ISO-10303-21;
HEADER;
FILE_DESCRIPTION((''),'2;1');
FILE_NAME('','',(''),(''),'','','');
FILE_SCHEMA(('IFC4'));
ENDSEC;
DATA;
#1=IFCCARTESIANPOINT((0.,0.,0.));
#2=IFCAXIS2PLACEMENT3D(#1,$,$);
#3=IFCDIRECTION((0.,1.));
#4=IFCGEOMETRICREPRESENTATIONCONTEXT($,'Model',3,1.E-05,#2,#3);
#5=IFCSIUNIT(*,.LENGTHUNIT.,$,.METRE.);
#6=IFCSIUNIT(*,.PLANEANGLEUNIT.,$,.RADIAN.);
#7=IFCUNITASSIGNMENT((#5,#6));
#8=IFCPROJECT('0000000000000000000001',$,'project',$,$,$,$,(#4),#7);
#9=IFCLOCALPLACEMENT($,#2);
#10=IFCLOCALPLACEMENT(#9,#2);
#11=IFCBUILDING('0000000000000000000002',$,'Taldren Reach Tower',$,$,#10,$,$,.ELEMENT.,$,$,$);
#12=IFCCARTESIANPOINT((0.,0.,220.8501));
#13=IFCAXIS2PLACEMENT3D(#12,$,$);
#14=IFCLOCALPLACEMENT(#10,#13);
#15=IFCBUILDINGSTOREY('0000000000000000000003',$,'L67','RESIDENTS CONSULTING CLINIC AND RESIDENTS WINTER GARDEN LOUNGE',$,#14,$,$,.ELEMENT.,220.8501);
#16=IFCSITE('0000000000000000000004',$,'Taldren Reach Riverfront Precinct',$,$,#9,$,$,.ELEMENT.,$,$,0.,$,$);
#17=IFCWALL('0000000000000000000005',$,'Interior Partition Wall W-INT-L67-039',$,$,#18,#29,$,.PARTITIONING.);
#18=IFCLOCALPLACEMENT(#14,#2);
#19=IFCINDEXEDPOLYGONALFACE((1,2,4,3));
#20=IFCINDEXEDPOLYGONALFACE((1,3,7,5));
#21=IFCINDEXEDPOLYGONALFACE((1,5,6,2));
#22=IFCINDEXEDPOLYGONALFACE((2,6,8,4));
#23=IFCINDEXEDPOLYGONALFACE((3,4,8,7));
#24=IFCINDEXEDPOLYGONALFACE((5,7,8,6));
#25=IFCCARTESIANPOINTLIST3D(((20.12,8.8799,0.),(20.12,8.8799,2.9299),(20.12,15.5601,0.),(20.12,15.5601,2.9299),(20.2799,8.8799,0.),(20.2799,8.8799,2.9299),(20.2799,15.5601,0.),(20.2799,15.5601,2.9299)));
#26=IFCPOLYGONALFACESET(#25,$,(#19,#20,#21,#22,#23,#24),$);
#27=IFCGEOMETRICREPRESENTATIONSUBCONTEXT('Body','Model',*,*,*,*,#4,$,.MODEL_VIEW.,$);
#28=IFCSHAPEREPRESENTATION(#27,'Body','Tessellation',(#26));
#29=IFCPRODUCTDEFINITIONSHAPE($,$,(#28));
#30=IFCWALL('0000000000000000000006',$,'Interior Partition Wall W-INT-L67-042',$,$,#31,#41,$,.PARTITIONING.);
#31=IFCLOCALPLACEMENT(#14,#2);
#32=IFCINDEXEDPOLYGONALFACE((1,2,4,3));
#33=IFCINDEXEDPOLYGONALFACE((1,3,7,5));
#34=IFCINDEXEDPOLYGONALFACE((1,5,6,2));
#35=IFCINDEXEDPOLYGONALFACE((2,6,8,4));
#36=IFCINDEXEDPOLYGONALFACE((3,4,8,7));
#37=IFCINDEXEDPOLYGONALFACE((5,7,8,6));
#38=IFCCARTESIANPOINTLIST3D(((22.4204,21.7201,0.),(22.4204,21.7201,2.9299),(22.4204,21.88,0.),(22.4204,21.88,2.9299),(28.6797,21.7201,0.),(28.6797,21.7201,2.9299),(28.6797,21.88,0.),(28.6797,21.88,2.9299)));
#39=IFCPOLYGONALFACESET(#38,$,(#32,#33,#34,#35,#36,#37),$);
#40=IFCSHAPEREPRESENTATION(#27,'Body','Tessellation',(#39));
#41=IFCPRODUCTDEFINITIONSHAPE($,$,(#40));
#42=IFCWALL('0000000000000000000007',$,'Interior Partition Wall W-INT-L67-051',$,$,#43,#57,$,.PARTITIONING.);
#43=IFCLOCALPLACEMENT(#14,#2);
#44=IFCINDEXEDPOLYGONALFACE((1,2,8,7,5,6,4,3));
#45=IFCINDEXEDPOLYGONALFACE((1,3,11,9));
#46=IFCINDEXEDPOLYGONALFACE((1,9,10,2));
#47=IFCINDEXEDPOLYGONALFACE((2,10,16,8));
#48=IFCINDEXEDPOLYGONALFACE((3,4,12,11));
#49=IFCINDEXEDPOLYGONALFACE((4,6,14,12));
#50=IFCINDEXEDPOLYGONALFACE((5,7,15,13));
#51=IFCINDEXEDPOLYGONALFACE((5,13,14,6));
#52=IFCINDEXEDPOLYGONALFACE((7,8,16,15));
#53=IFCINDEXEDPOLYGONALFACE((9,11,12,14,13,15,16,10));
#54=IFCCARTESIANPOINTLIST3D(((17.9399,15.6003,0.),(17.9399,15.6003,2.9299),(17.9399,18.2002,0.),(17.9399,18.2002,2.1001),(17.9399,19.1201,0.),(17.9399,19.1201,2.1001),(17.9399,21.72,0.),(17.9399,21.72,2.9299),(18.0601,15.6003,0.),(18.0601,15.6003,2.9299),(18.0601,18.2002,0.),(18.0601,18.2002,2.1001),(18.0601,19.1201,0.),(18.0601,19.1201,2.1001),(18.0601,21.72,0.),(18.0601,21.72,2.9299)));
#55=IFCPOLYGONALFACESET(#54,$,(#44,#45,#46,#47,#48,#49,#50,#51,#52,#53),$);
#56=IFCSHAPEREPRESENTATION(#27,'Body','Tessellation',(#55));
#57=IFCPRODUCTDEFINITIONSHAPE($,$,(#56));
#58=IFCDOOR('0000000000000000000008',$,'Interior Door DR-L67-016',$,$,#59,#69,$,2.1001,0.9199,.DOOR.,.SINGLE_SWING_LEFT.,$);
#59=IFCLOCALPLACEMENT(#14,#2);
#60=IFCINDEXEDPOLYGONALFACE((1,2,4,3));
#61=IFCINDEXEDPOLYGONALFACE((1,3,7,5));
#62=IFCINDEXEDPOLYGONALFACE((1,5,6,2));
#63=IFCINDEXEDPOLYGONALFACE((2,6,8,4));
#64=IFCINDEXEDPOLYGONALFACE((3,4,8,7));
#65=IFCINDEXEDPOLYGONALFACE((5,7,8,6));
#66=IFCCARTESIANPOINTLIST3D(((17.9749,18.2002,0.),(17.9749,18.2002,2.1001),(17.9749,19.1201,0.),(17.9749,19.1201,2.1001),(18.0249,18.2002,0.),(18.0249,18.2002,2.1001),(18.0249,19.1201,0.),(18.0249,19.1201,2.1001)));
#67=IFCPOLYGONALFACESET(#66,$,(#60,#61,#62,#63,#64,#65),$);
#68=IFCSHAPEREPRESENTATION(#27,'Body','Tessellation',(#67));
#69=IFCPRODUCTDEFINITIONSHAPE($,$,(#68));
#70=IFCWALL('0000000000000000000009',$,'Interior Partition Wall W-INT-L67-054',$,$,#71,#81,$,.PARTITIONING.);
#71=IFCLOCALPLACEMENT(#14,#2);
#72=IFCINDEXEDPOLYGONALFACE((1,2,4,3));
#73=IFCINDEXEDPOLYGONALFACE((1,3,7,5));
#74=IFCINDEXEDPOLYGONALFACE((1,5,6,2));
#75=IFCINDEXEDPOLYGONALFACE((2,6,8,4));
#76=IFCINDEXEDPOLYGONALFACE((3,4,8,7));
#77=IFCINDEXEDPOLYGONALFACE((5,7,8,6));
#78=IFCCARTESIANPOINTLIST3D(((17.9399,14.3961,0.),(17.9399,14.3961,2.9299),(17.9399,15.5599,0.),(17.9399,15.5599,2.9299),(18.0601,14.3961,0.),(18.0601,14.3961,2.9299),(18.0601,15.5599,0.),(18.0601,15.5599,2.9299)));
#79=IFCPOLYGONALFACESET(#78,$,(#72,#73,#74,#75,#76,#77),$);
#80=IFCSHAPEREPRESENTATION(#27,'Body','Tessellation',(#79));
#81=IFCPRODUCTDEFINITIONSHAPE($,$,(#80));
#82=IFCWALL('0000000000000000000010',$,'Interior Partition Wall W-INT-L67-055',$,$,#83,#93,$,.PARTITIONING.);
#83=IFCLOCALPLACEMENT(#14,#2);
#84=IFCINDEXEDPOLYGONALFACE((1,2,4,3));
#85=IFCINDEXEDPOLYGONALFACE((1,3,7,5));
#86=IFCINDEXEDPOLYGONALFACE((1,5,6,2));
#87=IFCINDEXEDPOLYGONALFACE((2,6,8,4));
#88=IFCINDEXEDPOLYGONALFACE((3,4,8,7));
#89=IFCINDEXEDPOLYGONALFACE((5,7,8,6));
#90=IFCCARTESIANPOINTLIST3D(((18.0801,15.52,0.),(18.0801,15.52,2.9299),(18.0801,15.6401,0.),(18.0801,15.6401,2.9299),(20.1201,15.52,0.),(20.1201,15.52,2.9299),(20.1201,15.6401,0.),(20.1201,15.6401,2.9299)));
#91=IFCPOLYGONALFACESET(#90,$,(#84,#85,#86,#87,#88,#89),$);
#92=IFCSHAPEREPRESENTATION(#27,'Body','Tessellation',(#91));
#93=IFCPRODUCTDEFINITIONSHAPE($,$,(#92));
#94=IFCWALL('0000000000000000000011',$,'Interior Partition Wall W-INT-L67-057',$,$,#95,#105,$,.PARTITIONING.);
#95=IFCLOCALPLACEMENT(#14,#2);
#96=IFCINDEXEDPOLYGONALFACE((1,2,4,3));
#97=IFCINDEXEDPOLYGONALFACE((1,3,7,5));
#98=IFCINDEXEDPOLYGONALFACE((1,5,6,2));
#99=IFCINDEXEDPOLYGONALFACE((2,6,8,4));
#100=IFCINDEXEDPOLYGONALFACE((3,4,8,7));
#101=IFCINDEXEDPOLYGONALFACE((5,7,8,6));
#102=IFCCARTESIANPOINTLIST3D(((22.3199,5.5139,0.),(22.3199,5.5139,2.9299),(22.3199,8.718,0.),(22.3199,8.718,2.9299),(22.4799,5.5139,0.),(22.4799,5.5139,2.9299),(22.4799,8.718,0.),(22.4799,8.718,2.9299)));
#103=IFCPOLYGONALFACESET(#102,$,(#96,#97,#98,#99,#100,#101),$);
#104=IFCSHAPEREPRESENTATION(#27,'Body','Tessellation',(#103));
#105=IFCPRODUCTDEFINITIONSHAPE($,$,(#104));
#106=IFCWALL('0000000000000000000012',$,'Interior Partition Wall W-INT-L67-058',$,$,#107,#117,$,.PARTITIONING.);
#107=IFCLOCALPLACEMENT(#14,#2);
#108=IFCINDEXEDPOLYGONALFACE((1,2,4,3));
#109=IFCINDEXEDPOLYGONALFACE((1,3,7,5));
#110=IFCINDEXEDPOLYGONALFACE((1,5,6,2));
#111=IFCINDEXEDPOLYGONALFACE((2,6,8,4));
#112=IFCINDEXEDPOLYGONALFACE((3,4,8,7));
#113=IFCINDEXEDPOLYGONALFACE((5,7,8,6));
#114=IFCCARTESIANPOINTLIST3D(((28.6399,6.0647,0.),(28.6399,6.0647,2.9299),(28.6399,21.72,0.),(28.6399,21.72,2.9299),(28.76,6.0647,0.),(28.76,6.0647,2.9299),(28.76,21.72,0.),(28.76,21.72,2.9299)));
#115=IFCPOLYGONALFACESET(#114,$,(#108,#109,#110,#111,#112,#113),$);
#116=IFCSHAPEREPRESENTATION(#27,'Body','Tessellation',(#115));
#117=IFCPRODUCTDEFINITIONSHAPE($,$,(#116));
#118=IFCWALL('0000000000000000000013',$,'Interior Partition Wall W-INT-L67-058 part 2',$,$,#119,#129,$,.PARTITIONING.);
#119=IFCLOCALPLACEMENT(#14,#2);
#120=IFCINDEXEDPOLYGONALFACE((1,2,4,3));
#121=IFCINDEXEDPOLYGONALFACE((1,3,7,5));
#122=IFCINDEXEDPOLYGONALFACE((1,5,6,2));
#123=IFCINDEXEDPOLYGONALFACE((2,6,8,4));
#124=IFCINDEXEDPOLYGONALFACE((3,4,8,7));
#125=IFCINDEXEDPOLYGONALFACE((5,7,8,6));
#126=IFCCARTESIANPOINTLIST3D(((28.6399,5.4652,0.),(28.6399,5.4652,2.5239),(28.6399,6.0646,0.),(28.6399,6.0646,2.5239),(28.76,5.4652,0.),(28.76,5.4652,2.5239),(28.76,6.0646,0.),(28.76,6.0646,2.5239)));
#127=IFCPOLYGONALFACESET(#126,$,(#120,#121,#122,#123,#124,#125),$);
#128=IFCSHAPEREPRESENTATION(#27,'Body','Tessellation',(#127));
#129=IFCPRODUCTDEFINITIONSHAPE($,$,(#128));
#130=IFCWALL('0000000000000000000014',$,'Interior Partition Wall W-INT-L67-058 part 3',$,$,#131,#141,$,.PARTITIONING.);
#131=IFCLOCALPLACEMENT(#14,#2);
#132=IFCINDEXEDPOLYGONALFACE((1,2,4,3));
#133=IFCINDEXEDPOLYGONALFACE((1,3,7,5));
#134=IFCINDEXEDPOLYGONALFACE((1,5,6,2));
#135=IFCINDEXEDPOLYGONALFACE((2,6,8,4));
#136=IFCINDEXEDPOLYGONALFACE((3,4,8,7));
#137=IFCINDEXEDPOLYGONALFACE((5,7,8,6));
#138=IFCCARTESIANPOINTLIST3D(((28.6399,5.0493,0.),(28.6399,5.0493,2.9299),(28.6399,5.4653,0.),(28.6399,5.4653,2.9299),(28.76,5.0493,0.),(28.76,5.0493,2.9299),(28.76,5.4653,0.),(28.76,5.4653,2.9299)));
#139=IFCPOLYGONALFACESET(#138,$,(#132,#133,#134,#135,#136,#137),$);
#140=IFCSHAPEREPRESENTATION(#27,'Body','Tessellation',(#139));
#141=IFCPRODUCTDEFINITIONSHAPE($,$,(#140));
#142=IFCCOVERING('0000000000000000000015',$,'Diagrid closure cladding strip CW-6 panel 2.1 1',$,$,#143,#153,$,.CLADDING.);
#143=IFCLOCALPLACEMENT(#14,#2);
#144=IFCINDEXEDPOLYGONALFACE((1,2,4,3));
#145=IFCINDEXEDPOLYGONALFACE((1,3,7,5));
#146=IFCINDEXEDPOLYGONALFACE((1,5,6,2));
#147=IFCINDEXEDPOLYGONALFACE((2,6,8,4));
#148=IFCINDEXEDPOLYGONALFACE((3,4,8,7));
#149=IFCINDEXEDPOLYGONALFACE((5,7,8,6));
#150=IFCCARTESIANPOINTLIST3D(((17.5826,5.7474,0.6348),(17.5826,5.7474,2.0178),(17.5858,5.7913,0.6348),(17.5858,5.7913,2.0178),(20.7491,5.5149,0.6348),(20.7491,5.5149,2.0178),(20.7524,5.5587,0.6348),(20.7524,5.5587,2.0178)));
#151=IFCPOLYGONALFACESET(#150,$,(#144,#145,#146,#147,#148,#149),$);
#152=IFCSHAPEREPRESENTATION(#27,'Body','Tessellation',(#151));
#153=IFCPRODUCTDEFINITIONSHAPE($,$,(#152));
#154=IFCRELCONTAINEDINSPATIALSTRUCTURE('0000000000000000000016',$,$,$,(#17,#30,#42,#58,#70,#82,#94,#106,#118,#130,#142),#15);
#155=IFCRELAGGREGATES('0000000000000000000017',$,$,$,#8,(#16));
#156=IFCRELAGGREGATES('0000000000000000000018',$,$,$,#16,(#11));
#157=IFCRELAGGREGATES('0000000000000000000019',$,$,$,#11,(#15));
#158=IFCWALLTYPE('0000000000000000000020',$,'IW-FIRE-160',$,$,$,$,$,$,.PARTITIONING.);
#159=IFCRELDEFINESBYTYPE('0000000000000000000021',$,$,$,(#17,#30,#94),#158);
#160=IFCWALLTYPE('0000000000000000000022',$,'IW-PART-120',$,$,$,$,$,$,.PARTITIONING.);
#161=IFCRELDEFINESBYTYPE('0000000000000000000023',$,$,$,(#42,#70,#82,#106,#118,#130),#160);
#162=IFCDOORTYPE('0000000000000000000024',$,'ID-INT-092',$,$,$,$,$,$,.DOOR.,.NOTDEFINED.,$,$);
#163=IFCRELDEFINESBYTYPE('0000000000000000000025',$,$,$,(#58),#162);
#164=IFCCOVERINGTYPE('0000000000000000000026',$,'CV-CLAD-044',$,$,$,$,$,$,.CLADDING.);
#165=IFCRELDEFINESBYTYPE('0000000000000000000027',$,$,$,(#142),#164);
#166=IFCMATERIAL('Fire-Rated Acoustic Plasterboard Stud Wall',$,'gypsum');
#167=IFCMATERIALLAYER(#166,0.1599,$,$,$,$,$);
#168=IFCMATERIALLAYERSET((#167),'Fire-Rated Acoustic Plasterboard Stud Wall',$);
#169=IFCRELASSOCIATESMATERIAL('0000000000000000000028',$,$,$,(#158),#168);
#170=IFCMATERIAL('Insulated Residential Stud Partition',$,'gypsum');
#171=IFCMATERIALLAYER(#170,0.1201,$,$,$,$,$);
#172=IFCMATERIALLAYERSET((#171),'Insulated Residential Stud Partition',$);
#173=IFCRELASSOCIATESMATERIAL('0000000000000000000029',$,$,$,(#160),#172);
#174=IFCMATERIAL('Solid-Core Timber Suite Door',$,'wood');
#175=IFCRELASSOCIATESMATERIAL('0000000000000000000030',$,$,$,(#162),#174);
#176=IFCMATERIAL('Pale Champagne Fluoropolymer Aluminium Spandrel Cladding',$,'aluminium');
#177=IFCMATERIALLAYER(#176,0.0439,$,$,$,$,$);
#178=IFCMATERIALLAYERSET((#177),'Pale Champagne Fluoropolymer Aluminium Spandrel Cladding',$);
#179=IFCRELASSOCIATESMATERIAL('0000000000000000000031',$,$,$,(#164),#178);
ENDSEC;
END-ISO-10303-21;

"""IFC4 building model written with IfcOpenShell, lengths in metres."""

from ifc_helpers import new_model, si_unit, direction, frame, frame_2d, origin, origin_2d, place, context, subcontext, project, spatial, rectangle, extrude, source, transform, mapped, material, layer, layer_set, type_object, element, fill, save


model = new_model("IFC4")

# Units and contexts
model_context = context("Model", 3, precision=1e-05, world=origin(), true_north=direction((0.0, 1.0)))
body_context = subcontext(model_context, "Body", "Model", "MODEL_VIEW")
ifc_project = project(units=[si_unit("LENGTHUNIT", "METRE"), si_unit("PLANEANGLEUNIT", "RADIAN")], contexts=[model_context])

# Site, building, storey
site_placement = place(None, origin())
site = spatial("IfcSite", under=ifc_project, at=site_placement, Name="Taldren Reach Riverfront Precinct", CompositionType="ELEMENT", RefElevation=0.0)
building_placement = place(site_placement, origin())
building = spatial("IfcBuilding", under=site, at=building_placement, Name="Taldren Reach Tower", CompositionType="ELEMENT")
storey_placement = place(building_placement, frame((0.0, 0.0, 220.8501)))
storey = spatial("IfcBuildingStorey", under=building, at=storey_placement, Name="L67", Description="RESIDENTS CONSULTING CLINIC AND RESIDENTS WINTER GARDEN LOUNGE", CompositionType="ELEMENT", Elevation=220.8501)

# Shared definitions
ifc_material_1 = material(Name="Fire-Rated Acoustic Plasterboard Stud Wall", Category="gypsum")
ifc_layer_1 = layer(ifc_material_1, 0.1599)
ifc_layer_set_1 = layer_set([ifc_layer_1], Name="Fire-Rated Acoustic Plasterboard Stud Wall")
wall_type_1 = type_object("IfcWallType", Name="IW-FIRE-160", PredefinedType="PARTITIONING", material=ifc_layer_set_1)
ifc_material_2 = material(Name="Insulated Residential Stud Partition", Category="gypsum")
ifc_layer_2 = layer(ifc_material_2, 0.1201)
ifc_layer_set_2 = layer_set([ifc_layer_2], Name="Insulated Residential Stud Partition")
wall_type_2 = type_object("IfcWallType", Name="IW-PART-120", PredefinedType="PARTITIONING", material=ifc_layer_set_2)

# Shared definitions
ifc_material_3 = material(Name="Solid-Core Timber Suite Door", Category="wood")
door_type = type_object("IfcDoorType", Name="ID-INT-092", OperationType="NOTDEFINED", PredefinedType="DOOR", material=ifc_material_3)
shared_shape_1 = source(origin(), body_context, "Body", "SweptSolid", [
    extrude(rectangle(XDim=0.9199, YDim=2.1001, at=frame_2d((0.46, 1.05))), frame((0.0, 0.0249, 0.0), z_axis=(0.0, -1.0, 0.0), x_axis=(1.0, 0.0, 0.0)), (0.0, 0.0, 1.0), 0.05),
])

# Walls
shared_shape_2 = source(origin(), body_context, "Body", "SweptSolid", [
    extrude(rectangle(XDim=6.6802, YDim=0.1599, at=frame_2d((3.3401, 0.0))), origin(), (0.0, 0.0, 1.0), 2.9299),
])
wall_1_placement = place(storey_placement, frame((20.2, 8.8799, 0.0), z_axis=(0.0, 0.0, 1.0), x_axis=(0.0, 1.0, 0.0)))
element("IfcWall", 1, at=wall_1_placement, inside=storey, type_object=wall_type_1, Name="Interior Partition Wall W-INT-L67-039", PredefinedType="PARTITIONING", context=body_context, shape_type="MappedRepresentation", body=[
    mapped(shared_shape_2, transform((0.0, 0.0, 0.0), scale=1.0)),
])
shared_shape_3 = source(origin(), body_context, "Body", "SweptSolid", [
    extrude(rectangle(XDim=6.2593, YDim=0.1599, at=frame_2d((3.1296, 0.0))), origin(), (0.0, 0.0, 1.0), 2.9299),
])
wall_2_placement = place(storey_placement, frame((28.6797, 21.8, 0.0), z_axis=(0.0, 0.0, 1.0), x_axis=(-1.0, 0.0, 0.0)))
element("IfcWall", 2, at=wall_2_placement, inside=storey, type_object=wall_type_1, Name="Interior Partition Wall W-INT-L67-042", PredefinedType="PARTITIONING", context=body_context, shape_type="MappedRepresentation", body=[
    mapped(shared_shape_3, transform((0.0, 0.0, 0.0), scale=1.0)),
])

# Wall, opening, door
shared_shape_4 = source(origin(), body_context, "Body", "SweptSolid", [
    extrude(rectangle(XDim=6.1196, YDim=0.1201, at=frame_2d((3.0598, 0.0))), origin(), (0.0, 0.0, 1.0), 2.9299),
])
wall_3_placement = place(storey_placement, frame((18.0, 21.72, 0.0), z_axis=(0.0, 0.0, 1.0), x_axis=(0.0, -1.0, 0.0)))
wall_3 = element("IfcWall", 3, at=wall_3_placement, inside=storey, type_object=wall_type_2, Name="Interior Partition Wall W-INT-L67-051", PredefinedType="PARTITIONING", context=body_context, shape_type="MappedRepresentation", body=[
    mapped(shared_shape_4, transform((0.0, 0.0, 0.0), scale=1.0)),
])
shared_shape_5 = source(origin(), body_context, "Body", "SweptSolid", [
    extrude(rectangle(XDim=0.9199, YDim=2.1001, at=frame_2d((0.46, 1.05))), frame((0.0, 0.0701, 0.0), z_axis=(0.0, -1.0, 0.0), x_axis=(1.0, 0.0, 0.0)), (0.0, 0.0, 1.0), 0.1401),
])
opening_1_placement = place(wall_3_placement, frame((2.5999, 0.0, 0.0)))
opening_1 = element("IfcOpeningElement", 4, at=opening_1_placement, cuts=wall_3, PredefinedType="OPENING", context=body_context, shape_type="MappedRepresentation", body=[
    mapped(shared_shape_5, transform((0.0, 0.0, 0.0), scale=1.0)),
])
door_1_placement = place(opening_1_placement, origin())
door_1 = element("IfcDoor", 5, at=door_1_placement, inside=storey, type_object=door_type, Name="Interior Door DR-L67-016", OperationType="SINGLE_SWING_LEFT", OverallHeight=2.1001, OverallWidth=0.9199, PredefinedType="DOOR", context=body_context, shape_type="MappedRepresentation", body=[
    mapped(shared_shape_1, transform((0.0, 0.0, 0.0), scale=1.0)),
])
fill(opening_1, door_1)

# Walls
shared_shape_6 = source(origin(), body_context, "Body", "SweptSolid", [
    extrude(rectangle(XDim=1.1638, YDim=0.1201, at=frame_2d((0.582, 0.0))), origin(), (0.0, 0.0, 1.0), 2.9299),
])
wall_4_placement = place(storey_placement, frame((18.0, 15.5601, 0.0), z_axis=(0.0, 0.0, 1.0), x_axis=(0.0, -1.0, 0.0)))
element("IfcWall", 6, at=wall_4_placement, inside=storey, type_object=wall_type_2, Name="Interior Partition Wall W-INT-L67-054", PredefinedType="PARTITIONING", context=body_context, shape_type="MappedRepresentation", body=[
    mapped(shared_shape_6, transform((0.0, 0.0, 0.0), scale=1.0)),
])
shared_shape_7 = source(origin(), body_context, "Body", "SweptSolid", [
    extrude(rectangle(XDim=2.04, YDim=0.1201, at=frame_2d((1.02, 0.0))), origin(), (0.0, 0.0, 1.0), 2.9299),
])
wall_5_placement = place(storey_placement, frame((20.1201, 15.5801, 0.0), z_axis=(0.0, 0.0, 1.0), x_axis=(-1.0, 0.0, 0.0)))
element("IfcWall", 7, at=wall_5_placement, inside=storey, type_object=wall_type_2, Name="Interior Partition Wall W-INT-L67-055", PredefinedType="PARTITIONING", context=body_context, shape_type="MappedRepresentation", body=[
    mapped(shared_shape_7, transform((0.0, 0.0, 0.0), scale=1.0)),
])
shared_shape_8 = source(origin(), body_context, "Body", "SweptSolid", [
    extrude(rectangle(XDim=3.2041, YDim=0.1599, at=frame_2d((1.6021, 0.0))), origin(), (0.0, 0.0, 1.0), 2.9299),
])
wall_6_placement = place(storey_placement, frame((22.3999, 8.718, 0.0), z_axis=(0.0, 0.0, 1.0), x_axis=(0.0, -1.0, 0.0)))
element("IfcWall", 8, at=wall_6_placement, inside=storey, type_object=wall_type_1, Name="Interior Partition Wall W-INT-L67-057", PredefinedType="PARTITIONING", context=body_context, shape_type="MappedRepresentation", body=[
    mapped(shared_shape_8, transform((0.0, 0.0, 0.0), scale=1.0)),
])
shared_shape_9 = source(origin(), body_context, "Body", "SweptSolid", [
    extrude(rectangle(XDim=15.6553, YDim=0.1201, at=frame_2d((7.8276, 0.0))), origin(), (0.0, 0.0, 1.0), 2.9299),
])
wall_7_placement = place(storey_placement, frame((28.7, 21.72, 0.0), z_axis=(0.0, 0.0, 1.0), x_axis=(0.0, -1.0, 0.0)))
element("IfcWall", 9, at=wall_7_placement, inside=storey, type_object=wall_type_2, Name="Interior Partition Wall W-INT-L67-058", PredefinedType="PARTITIONING", context=body_context, shape_type="MappedRepresentation", body=[
    mapped(shared_shape_9, transform((0.0, 0.0, 0.0), scale=1.0)),
])
shared_shape_10 = source(origin(), body_context, "Body", "SweptSolid", [
    extrude(rectangle(XDim=0.5994, YDim=0.1201, at=frame_2d((0.2998, 0.0))), origin(), (0.0, 0.0, 1.0), 2.5239),
])
wall_8_placement = place(storey_placement, frame((28.7, 6.0647, 0.0), z_axis=(0.0, 0.0, 1.0), x_axis=(0.0, -1.0, 0.0)))
element("IfcWall", 10, at=wall_8_placement, inside=storey, type_object=wall_type_2, Name="Interior Partition Wall W-INT-L67-058 part 2", PredefinedType="PARTITIONING", context=body_context, shape_type="MappedRepresentation", body=[
    mapped(shared_shape_10, transform((0.0, 0.0, 0.0), scale=1.0)),
])
shared_shape_11 = source(origin(), body_context, "Body", "SweptSolid", [
    extrude(rectangle(XDim=0.416, YDim=0.1201, at=frame_2d((0.208, 0.0))), origin(), (0.0, 0.0, 1.0), 2.9299),
])
wall_9_placement = place(storey_placement, frame((28.7, 5.4653, 0.0), z_axis=(0.0, 0.0, 1.0), x_axis=(0.0, -1.0, 0.0)))
element("IfcWall", 11, at=wall_9_placement, inside=storey, type_object=wall_type_2, Name="Interior Partition Wall W-INT-L67-058 part 3", PredefinedType="PARTITIONING", context=body_context, shape_type="MappedRepresentation", body=[
    mapped(shared_shape_11, transform((0.0, 0.0, 0.0), scale=1.0)),
])

# Covering
ifc_material_4 = material(Name="Pale Champagne Fluoropolymer Aluminium Spandrel Cladding", Category="aluminium")
ifc_layer_3 = layer(ifc_material_4, 0.0439)
ifc_layer_set_3 = layer_set([ifc_layer_3], Name="Pale Champagne Fluoropolymer Aluminium Spandrel Cladding")
covering_type = type_object("IfcCoveringType", Name="CV-CLAD-044", PredefinedType="CLADDING", material=ifc_layer_set_3)
shared_shape_12 = source(origin(), body_context, "Body", "SweptSolid", [
    extrude(rectangle(XDim=3.175, YDim=0.0439, at=origin_2d()), origin(), (0.0, 0.0, 1.0), 1.3831),
])
covering_placement = place(storey_placement, frame((19.1675, 5.6531, 0.6348), z_axis=(0.0, 0.0, 1.0), x_axis=(0.997314, -0.073238, 0.0)))
element("IfcCovering", 12, at=covering_placement, inside=storey, type_object=covering_type, Name="Diagrid closure cladding strip CW-6 panel 2.1 1", PredefinedType="CLADDING", context=body_context, shape_type="MappedRepresentation", body=[
    mapped(shared_shape_12, transform((0.0, 0.0, 0.0), scale=1.0)),
])

save(model, "model.ifc")
